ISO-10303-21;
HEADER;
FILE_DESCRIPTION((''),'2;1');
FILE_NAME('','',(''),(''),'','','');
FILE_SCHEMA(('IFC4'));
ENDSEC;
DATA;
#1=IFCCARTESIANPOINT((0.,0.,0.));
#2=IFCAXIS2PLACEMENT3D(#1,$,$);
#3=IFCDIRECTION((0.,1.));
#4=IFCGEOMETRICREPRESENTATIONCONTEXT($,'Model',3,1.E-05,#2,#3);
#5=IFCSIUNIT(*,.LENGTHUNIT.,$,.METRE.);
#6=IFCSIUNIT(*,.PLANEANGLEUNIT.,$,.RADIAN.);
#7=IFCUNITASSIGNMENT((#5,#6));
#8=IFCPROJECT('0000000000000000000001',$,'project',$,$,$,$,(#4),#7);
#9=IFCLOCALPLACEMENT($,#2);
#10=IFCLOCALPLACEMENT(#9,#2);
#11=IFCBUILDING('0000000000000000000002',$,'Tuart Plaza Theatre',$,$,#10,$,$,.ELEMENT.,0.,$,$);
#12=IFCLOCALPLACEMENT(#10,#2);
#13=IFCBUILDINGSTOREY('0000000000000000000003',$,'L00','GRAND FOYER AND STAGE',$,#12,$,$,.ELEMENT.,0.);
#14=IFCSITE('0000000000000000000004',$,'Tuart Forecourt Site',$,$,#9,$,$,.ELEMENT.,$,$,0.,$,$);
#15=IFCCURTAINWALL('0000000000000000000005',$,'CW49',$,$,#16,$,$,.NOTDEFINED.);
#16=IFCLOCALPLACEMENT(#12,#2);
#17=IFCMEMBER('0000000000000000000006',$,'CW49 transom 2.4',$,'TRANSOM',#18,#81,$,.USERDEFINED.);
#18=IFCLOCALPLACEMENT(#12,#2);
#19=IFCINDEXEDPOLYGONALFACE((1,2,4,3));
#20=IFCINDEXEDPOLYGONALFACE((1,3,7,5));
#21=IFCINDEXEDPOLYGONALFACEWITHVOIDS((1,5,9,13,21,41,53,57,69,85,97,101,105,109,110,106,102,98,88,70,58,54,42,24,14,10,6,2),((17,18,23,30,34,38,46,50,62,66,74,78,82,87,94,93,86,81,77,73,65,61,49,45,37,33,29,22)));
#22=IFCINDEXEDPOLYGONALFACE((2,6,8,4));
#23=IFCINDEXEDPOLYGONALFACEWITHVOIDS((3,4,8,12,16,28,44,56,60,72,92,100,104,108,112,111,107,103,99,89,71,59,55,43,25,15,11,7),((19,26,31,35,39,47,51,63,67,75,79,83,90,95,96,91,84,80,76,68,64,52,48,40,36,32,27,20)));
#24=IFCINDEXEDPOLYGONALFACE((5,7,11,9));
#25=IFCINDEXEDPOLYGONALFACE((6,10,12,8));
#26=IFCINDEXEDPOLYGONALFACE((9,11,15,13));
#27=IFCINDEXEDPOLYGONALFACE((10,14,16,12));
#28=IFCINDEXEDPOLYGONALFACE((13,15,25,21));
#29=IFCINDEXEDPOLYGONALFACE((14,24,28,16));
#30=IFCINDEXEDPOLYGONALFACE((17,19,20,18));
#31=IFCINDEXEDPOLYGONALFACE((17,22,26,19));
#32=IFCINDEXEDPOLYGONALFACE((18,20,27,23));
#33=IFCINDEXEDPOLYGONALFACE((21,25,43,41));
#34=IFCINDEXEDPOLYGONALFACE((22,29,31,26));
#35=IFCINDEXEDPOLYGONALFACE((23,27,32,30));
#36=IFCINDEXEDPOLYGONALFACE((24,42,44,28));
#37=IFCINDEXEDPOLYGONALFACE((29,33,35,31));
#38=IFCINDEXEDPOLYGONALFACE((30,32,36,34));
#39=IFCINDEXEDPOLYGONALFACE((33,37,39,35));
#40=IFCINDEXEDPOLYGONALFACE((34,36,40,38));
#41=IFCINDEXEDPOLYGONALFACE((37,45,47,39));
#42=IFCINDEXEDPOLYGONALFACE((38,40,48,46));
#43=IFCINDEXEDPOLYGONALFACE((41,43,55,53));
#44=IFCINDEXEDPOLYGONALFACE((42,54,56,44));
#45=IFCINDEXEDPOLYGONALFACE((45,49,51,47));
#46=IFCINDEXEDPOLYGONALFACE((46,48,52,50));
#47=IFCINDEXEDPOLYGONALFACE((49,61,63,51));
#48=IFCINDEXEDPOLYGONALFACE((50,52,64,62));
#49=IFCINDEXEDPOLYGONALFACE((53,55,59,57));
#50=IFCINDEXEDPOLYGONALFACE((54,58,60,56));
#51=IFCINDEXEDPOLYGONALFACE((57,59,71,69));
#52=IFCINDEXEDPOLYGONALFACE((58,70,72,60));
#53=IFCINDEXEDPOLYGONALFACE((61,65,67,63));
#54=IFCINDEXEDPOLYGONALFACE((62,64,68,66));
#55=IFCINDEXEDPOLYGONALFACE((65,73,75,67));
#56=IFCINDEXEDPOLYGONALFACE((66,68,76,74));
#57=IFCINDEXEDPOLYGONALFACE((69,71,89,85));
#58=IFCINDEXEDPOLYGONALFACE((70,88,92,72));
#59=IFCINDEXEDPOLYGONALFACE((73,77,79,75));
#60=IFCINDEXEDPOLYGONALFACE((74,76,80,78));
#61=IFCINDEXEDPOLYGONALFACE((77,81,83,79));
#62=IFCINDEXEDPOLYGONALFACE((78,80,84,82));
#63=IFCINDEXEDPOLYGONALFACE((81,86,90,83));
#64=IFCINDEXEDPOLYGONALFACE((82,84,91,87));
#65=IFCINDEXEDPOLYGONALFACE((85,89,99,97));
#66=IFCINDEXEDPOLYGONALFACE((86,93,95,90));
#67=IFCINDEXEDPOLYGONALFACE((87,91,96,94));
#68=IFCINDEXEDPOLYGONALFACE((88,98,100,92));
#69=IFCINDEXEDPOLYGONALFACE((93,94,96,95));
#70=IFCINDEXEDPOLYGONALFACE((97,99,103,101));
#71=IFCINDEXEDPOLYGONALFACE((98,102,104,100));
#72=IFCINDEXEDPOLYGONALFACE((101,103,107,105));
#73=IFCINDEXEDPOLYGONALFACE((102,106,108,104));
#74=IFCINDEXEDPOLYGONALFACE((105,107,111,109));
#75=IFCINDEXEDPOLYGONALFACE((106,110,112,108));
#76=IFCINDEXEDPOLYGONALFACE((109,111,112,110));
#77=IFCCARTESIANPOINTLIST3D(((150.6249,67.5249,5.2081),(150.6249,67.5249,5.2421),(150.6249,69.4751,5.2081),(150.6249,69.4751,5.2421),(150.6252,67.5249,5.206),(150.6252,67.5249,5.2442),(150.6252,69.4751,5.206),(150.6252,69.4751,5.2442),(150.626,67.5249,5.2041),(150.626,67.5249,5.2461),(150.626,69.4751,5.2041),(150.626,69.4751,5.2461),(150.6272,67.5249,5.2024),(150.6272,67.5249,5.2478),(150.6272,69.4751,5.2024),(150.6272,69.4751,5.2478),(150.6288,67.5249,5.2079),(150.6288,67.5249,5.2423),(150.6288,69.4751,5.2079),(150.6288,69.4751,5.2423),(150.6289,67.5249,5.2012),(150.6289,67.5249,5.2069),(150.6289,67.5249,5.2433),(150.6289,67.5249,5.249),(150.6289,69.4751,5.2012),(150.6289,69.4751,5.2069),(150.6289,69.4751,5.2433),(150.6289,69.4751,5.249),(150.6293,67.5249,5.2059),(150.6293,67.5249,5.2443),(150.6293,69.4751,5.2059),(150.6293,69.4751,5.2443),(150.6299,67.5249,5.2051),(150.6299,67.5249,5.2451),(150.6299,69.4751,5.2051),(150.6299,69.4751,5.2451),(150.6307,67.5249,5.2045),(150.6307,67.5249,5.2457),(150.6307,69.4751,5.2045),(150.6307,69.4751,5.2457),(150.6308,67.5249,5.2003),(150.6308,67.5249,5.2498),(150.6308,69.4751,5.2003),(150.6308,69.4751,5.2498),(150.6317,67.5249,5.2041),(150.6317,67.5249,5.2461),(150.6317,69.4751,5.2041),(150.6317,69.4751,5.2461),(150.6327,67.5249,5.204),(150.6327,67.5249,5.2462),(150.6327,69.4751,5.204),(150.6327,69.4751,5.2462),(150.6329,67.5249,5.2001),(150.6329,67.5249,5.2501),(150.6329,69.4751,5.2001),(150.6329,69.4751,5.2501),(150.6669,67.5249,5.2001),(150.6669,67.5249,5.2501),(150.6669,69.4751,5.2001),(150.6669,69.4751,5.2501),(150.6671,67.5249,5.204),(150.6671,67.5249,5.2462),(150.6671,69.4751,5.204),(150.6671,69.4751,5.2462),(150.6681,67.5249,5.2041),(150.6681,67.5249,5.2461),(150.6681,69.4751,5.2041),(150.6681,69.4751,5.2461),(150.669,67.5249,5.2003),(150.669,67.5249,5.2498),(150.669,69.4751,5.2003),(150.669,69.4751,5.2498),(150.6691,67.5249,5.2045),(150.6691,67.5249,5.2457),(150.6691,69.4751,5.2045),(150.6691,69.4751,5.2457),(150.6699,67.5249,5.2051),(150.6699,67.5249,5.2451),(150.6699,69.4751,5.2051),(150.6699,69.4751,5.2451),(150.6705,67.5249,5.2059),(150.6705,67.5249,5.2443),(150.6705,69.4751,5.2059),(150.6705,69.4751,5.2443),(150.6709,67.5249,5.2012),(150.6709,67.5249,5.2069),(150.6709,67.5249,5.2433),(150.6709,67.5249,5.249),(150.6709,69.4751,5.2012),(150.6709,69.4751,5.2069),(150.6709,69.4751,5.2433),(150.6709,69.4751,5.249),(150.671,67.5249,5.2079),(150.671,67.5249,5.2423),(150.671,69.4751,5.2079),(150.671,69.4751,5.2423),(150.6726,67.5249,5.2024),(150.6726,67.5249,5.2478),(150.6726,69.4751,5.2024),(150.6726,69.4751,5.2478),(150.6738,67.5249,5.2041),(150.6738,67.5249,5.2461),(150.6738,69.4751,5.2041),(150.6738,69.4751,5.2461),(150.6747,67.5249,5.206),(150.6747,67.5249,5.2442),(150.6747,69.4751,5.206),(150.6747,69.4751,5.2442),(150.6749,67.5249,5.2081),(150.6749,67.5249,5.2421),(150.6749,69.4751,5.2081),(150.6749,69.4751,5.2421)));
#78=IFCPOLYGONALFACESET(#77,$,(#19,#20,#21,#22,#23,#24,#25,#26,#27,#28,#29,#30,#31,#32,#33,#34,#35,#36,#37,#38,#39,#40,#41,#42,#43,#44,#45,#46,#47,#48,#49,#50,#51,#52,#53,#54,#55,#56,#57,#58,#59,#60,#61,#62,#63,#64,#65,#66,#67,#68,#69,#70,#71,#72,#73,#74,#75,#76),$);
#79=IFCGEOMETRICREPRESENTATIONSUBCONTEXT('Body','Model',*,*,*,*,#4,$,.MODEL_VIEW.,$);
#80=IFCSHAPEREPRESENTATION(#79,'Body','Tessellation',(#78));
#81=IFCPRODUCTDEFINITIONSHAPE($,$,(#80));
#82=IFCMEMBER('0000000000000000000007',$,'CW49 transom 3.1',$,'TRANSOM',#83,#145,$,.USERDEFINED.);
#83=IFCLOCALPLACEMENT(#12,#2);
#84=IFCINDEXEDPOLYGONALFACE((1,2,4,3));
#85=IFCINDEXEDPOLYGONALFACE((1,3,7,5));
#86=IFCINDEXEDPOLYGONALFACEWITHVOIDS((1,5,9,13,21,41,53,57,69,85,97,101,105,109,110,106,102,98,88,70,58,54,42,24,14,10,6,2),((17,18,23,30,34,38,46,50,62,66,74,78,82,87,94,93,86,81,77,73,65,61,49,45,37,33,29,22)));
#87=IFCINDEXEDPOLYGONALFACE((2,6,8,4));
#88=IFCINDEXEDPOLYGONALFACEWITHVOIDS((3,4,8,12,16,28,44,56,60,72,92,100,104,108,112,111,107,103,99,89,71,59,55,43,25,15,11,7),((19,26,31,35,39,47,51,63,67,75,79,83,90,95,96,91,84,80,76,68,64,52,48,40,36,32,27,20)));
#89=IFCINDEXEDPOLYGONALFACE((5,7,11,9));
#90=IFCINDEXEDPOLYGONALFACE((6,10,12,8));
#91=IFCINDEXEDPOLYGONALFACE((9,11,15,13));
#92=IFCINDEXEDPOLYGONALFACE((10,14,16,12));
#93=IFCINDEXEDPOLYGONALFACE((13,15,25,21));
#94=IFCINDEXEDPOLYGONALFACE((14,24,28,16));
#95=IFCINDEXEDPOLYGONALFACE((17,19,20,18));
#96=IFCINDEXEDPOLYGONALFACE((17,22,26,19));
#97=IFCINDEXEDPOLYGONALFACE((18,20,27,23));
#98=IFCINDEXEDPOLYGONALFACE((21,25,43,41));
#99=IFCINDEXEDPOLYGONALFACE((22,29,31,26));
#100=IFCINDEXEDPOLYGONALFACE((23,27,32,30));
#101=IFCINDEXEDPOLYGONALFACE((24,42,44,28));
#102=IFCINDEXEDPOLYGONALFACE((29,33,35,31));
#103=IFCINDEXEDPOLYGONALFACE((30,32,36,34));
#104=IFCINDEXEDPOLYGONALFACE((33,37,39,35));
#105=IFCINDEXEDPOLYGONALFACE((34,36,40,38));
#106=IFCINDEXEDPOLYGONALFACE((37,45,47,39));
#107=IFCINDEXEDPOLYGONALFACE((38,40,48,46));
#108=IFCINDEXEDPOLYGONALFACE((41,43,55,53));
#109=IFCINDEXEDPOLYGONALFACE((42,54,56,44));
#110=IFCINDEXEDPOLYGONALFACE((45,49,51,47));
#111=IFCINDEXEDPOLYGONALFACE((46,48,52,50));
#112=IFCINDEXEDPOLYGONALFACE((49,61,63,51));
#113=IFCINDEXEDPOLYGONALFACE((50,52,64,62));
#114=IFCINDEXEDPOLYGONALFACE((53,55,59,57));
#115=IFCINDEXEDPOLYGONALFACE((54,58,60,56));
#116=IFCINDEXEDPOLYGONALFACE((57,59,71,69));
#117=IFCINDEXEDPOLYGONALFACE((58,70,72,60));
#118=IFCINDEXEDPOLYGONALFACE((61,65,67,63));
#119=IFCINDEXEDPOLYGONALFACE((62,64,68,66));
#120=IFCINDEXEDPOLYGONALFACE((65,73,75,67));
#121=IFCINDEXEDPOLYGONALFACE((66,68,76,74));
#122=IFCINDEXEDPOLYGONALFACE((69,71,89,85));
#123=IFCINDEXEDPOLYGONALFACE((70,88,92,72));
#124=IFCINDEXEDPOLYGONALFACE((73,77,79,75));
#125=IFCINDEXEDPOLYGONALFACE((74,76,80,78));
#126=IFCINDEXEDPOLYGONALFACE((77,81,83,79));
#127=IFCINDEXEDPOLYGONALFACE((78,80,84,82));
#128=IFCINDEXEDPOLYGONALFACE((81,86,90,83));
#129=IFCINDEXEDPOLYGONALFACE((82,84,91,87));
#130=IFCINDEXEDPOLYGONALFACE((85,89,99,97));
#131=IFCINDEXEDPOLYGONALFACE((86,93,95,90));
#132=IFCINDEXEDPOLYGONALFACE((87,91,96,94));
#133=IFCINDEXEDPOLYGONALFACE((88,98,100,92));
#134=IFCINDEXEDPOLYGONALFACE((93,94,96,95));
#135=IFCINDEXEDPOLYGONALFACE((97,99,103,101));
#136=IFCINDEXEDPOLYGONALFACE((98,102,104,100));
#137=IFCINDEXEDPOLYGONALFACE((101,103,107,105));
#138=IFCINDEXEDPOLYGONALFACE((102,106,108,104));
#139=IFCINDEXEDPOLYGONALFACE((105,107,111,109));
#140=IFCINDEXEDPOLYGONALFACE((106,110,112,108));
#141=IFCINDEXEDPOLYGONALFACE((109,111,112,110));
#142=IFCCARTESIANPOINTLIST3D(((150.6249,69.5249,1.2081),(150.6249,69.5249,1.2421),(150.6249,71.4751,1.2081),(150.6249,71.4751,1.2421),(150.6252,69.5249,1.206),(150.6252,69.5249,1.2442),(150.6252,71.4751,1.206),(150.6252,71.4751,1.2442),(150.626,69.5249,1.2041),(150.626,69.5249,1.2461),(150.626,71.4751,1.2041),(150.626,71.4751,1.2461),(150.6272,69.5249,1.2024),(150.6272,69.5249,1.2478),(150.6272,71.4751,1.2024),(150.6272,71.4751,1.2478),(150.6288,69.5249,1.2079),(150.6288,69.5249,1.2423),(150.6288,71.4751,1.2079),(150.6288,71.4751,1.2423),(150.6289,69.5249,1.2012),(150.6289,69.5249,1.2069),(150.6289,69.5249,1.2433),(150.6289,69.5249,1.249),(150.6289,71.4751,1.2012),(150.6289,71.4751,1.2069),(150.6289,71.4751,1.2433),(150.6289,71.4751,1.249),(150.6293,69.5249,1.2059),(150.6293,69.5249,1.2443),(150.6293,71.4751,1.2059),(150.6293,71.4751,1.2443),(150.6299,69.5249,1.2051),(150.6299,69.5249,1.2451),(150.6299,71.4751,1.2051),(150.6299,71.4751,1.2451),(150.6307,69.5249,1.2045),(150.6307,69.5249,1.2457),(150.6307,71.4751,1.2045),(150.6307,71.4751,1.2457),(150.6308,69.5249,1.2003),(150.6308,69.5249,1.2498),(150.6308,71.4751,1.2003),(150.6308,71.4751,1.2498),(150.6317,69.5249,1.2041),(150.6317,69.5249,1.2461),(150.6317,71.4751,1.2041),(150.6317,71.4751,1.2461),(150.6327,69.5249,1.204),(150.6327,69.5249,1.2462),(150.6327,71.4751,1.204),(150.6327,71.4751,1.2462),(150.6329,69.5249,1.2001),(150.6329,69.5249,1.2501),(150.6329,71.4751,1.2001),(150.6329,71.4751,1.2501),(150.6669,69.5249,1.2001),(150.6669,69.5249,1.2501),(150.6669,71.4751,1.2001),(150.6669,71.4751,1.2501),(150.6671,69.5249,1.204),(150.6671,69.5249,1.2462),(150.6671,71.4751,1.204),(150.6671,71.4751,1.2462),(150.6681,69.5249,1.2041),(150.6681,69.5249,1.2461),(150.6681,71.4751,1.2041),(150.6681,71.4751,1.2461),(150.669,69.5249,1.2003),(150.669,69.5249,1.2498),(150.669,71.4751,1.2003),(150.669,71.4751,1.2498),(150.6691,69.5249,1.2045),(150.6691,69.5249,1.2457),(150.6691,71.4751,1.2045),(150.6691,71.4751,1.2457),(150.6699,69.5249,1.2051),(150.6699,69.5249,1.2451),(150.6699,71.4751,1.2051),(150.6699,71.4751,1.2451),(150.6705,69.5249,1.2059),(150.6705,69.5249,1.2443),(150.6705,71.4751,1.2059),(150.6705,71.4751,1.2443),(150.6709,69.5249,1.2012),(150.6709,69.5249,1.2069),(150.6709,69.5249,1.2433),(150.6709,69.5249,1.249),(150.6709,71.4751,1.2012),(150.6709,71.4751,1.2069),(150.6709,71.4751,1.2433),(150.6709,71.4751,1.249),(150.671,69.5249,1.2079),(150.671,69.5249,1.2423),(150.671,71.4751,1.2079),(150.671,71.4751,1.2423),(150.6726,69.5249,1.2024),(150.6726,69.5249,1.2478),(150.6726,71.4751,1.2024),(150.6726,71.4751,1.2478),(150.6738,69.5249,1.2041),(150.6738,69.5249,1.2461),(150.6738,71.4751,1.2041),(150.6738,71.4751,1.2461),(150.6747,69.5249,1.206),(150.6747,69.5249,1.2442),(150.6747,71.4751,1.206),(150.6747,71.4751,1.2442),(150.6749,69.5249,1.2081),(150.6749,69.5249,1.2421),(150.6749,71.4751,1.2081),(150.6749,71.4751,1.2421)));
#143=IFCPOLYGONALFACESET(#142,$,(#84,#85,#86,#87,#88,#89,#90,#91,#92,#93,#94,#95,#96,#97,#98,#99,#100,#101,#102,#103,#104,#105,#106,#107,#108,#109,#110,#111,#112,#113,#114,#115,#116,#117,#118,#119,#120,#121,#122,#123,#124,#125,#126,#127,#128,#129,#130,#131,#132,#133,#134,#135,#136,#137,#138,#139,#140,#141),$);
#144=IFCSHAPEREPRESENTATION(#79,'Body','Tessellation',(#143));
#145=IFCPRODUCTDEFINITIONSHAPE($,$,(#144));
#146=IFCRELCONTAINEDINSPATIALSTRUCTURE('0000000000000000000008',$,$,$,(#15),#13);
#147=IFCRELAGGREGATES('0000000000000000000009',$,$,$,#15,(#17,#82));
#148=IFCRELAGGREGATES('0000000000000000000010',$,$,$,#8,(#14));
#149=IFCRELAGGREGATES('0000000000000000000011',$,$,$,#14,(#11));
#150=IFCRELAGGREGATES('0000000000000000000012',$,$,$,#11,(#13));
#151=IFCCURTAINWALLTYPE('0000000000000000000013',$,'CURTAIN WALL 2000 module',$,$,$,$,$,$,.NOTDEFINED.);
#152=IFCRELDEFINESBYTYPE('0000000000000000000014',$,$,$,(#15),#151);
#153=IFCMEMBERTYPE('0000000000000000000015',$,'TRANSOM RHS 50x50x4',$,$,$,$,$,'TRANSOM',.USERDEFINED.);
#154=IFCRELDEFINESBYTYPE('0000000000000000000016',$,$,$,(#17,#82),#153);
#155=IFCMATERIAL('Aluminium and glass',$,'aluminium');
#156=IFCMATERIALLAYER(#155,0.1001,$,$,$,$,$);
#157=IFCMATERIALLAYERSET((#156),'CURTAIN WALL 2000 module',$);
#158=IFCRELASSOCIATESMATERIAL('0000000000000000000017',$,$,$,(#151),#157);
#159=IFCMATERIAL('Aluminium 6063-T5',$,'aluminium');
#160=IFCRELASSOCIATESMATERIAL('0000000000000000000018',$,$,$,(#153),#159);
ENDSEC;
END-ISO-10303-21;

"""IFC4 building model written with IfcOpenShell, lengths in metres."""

from ifc_helpers import new_model, si_unit, direction, frame, origin, origin_2d, place, context, subcontext, project, spatial, hollow_rectangle, extrude, material, layer, layer_set, material_profile, profile_set, type_object, element, aggregate, save


model = new_model("IFC4")

# Units and contexts
model_context = context("Model", 3, precision=1e-05, world=origin(), true_north=direction((0.0, 1.0)))
body_context = subcontext(model_context, "Body", "Model", "MODEL_VIEW")
ifc_project = project(units=[si_unit("LENGTHUNIT", "METRE"), si_unit("PLANEANGLEUNIT", "RADIAN")], contexts=[model_context])

# Site, building, storey
site_placement = place(None, origin())
site = spatial("IfcSite", under=ifc_project, at=site_placement, Name="Tuart Forecourt Site", CompositionType="ELEMENT", RefElevation=0.0)
building_placement = place(site_placement, origin())
building = spatial("IfcBuilding", under=site, at=building_placement, Name="Tuart Plaza Theatre", CompositionType="ELEMENT", ElevationOfRefHeight=0.0)
storey_placement = place(building_placement, origin())
storey = spatial("IfcBuildingStorey", under=building, at=storey_placement, Name="L00", Description="GRAND FOYER AND STAGE", CompositionType="ELEMENT", Elevation=0.0)

# Curtain wall, members
ifc_material_1 = material(Name="Aluminium and glass", Category="aluminium")
ifc_layer_1 = layer(ifc_material_1, 0.1001)
ifc_layer_set_1 = layer_set([ifc_layer_1], Name="CURTAIN WALL 2000 module")
curtain_wall_type = type_object("IfcCurtainWallType", Name="CURTAIN WALL 2000 module", PredefinedType="NOTDEFINED", material=ifc_layer_set_1)
curtain_wall_placement = place(storey_placement, origin())
curtain_wall = element("IfcCurtainWall", 1, at=curtain_wall_placement, inside=storey, type_object=curtain_wall_type, Name="CW49", PredefinedType="NOTDEFINED")
ifc_material_2 = material(Name="Aluminium 6063-T5", Category="aluminium")
ifc_material_profile_1 = material_profile(ifc_material_2, hollow_rectangle(XDim=0.05, YDim=0.05, WallThickness=0.0039, InnerFilletRadius=0.0039, OuterFilletRadius=0.0081, at=origin_2d()), Name="RHS 50x50x4")
ifc_profile_set_1 = profile_set([ifc_material_profile_1], Name="Aluminium 6063-T5")
member_type_1 = type_object("IfcMemberType", Name="TRANSOM RHS 50x50x4", ElementType="TRANSOM", PredefinedType="USERDEFINED", material=ifc_profile_set_1)
member_1_placement = place(storey_placement, frame((150.6499, 67.5249, 5.2251), z_axis=(0.0, 1.0, 0.0), x_axis=(-1.0, 0.0, 0.0)))
member_1 = element("IfcMember", 2, at=member_1_placement, type_object=member_type_1, Name="CW49 transom 2.4", ObjectType="TRANSOM", PredefinedType="USERDEFINED", context=body_context, shape_type="SweptSolid", body=[
    extrude(hollow_rectangle(XDim=0.05, YDim=0.05, WallThickness=0.0039, InnerFilletRadius=0.0039, OuterFilletRadius=0.0081, at=origin_2d()), origin(), (0.0, 0.0, 1.0), 1.9502),
])
member_2_placement = place(storey_placement, frame((150.6499, 69.5249, 1.2251), z_axis=(0.0, 1.0, 0.0), x_axis=(-1.0, 0.0, 0.0)))
member_2 = element("IfcMember", 3, at=member_2_placement, type_object=member_type_1, Name="CW49 transom 3.1", ObjectType="TRANSOM", PredefinedType="USERDEFINED", context=body_context, shape_type="SweptSolid", body=[
    extrude(hollow_rectangle(XDim=0.05, YDim=0.05, WallThickness=0.0039, InnerFilletRadius=0.0039, OuterFilletRadius=0.0081, at=origin_2d()), origin(), (0.0, 0.0, 1.0), 1.9502),
])
aggregate(curtain_wall, [member_1, member_2])

save(model, "model.ifc")
